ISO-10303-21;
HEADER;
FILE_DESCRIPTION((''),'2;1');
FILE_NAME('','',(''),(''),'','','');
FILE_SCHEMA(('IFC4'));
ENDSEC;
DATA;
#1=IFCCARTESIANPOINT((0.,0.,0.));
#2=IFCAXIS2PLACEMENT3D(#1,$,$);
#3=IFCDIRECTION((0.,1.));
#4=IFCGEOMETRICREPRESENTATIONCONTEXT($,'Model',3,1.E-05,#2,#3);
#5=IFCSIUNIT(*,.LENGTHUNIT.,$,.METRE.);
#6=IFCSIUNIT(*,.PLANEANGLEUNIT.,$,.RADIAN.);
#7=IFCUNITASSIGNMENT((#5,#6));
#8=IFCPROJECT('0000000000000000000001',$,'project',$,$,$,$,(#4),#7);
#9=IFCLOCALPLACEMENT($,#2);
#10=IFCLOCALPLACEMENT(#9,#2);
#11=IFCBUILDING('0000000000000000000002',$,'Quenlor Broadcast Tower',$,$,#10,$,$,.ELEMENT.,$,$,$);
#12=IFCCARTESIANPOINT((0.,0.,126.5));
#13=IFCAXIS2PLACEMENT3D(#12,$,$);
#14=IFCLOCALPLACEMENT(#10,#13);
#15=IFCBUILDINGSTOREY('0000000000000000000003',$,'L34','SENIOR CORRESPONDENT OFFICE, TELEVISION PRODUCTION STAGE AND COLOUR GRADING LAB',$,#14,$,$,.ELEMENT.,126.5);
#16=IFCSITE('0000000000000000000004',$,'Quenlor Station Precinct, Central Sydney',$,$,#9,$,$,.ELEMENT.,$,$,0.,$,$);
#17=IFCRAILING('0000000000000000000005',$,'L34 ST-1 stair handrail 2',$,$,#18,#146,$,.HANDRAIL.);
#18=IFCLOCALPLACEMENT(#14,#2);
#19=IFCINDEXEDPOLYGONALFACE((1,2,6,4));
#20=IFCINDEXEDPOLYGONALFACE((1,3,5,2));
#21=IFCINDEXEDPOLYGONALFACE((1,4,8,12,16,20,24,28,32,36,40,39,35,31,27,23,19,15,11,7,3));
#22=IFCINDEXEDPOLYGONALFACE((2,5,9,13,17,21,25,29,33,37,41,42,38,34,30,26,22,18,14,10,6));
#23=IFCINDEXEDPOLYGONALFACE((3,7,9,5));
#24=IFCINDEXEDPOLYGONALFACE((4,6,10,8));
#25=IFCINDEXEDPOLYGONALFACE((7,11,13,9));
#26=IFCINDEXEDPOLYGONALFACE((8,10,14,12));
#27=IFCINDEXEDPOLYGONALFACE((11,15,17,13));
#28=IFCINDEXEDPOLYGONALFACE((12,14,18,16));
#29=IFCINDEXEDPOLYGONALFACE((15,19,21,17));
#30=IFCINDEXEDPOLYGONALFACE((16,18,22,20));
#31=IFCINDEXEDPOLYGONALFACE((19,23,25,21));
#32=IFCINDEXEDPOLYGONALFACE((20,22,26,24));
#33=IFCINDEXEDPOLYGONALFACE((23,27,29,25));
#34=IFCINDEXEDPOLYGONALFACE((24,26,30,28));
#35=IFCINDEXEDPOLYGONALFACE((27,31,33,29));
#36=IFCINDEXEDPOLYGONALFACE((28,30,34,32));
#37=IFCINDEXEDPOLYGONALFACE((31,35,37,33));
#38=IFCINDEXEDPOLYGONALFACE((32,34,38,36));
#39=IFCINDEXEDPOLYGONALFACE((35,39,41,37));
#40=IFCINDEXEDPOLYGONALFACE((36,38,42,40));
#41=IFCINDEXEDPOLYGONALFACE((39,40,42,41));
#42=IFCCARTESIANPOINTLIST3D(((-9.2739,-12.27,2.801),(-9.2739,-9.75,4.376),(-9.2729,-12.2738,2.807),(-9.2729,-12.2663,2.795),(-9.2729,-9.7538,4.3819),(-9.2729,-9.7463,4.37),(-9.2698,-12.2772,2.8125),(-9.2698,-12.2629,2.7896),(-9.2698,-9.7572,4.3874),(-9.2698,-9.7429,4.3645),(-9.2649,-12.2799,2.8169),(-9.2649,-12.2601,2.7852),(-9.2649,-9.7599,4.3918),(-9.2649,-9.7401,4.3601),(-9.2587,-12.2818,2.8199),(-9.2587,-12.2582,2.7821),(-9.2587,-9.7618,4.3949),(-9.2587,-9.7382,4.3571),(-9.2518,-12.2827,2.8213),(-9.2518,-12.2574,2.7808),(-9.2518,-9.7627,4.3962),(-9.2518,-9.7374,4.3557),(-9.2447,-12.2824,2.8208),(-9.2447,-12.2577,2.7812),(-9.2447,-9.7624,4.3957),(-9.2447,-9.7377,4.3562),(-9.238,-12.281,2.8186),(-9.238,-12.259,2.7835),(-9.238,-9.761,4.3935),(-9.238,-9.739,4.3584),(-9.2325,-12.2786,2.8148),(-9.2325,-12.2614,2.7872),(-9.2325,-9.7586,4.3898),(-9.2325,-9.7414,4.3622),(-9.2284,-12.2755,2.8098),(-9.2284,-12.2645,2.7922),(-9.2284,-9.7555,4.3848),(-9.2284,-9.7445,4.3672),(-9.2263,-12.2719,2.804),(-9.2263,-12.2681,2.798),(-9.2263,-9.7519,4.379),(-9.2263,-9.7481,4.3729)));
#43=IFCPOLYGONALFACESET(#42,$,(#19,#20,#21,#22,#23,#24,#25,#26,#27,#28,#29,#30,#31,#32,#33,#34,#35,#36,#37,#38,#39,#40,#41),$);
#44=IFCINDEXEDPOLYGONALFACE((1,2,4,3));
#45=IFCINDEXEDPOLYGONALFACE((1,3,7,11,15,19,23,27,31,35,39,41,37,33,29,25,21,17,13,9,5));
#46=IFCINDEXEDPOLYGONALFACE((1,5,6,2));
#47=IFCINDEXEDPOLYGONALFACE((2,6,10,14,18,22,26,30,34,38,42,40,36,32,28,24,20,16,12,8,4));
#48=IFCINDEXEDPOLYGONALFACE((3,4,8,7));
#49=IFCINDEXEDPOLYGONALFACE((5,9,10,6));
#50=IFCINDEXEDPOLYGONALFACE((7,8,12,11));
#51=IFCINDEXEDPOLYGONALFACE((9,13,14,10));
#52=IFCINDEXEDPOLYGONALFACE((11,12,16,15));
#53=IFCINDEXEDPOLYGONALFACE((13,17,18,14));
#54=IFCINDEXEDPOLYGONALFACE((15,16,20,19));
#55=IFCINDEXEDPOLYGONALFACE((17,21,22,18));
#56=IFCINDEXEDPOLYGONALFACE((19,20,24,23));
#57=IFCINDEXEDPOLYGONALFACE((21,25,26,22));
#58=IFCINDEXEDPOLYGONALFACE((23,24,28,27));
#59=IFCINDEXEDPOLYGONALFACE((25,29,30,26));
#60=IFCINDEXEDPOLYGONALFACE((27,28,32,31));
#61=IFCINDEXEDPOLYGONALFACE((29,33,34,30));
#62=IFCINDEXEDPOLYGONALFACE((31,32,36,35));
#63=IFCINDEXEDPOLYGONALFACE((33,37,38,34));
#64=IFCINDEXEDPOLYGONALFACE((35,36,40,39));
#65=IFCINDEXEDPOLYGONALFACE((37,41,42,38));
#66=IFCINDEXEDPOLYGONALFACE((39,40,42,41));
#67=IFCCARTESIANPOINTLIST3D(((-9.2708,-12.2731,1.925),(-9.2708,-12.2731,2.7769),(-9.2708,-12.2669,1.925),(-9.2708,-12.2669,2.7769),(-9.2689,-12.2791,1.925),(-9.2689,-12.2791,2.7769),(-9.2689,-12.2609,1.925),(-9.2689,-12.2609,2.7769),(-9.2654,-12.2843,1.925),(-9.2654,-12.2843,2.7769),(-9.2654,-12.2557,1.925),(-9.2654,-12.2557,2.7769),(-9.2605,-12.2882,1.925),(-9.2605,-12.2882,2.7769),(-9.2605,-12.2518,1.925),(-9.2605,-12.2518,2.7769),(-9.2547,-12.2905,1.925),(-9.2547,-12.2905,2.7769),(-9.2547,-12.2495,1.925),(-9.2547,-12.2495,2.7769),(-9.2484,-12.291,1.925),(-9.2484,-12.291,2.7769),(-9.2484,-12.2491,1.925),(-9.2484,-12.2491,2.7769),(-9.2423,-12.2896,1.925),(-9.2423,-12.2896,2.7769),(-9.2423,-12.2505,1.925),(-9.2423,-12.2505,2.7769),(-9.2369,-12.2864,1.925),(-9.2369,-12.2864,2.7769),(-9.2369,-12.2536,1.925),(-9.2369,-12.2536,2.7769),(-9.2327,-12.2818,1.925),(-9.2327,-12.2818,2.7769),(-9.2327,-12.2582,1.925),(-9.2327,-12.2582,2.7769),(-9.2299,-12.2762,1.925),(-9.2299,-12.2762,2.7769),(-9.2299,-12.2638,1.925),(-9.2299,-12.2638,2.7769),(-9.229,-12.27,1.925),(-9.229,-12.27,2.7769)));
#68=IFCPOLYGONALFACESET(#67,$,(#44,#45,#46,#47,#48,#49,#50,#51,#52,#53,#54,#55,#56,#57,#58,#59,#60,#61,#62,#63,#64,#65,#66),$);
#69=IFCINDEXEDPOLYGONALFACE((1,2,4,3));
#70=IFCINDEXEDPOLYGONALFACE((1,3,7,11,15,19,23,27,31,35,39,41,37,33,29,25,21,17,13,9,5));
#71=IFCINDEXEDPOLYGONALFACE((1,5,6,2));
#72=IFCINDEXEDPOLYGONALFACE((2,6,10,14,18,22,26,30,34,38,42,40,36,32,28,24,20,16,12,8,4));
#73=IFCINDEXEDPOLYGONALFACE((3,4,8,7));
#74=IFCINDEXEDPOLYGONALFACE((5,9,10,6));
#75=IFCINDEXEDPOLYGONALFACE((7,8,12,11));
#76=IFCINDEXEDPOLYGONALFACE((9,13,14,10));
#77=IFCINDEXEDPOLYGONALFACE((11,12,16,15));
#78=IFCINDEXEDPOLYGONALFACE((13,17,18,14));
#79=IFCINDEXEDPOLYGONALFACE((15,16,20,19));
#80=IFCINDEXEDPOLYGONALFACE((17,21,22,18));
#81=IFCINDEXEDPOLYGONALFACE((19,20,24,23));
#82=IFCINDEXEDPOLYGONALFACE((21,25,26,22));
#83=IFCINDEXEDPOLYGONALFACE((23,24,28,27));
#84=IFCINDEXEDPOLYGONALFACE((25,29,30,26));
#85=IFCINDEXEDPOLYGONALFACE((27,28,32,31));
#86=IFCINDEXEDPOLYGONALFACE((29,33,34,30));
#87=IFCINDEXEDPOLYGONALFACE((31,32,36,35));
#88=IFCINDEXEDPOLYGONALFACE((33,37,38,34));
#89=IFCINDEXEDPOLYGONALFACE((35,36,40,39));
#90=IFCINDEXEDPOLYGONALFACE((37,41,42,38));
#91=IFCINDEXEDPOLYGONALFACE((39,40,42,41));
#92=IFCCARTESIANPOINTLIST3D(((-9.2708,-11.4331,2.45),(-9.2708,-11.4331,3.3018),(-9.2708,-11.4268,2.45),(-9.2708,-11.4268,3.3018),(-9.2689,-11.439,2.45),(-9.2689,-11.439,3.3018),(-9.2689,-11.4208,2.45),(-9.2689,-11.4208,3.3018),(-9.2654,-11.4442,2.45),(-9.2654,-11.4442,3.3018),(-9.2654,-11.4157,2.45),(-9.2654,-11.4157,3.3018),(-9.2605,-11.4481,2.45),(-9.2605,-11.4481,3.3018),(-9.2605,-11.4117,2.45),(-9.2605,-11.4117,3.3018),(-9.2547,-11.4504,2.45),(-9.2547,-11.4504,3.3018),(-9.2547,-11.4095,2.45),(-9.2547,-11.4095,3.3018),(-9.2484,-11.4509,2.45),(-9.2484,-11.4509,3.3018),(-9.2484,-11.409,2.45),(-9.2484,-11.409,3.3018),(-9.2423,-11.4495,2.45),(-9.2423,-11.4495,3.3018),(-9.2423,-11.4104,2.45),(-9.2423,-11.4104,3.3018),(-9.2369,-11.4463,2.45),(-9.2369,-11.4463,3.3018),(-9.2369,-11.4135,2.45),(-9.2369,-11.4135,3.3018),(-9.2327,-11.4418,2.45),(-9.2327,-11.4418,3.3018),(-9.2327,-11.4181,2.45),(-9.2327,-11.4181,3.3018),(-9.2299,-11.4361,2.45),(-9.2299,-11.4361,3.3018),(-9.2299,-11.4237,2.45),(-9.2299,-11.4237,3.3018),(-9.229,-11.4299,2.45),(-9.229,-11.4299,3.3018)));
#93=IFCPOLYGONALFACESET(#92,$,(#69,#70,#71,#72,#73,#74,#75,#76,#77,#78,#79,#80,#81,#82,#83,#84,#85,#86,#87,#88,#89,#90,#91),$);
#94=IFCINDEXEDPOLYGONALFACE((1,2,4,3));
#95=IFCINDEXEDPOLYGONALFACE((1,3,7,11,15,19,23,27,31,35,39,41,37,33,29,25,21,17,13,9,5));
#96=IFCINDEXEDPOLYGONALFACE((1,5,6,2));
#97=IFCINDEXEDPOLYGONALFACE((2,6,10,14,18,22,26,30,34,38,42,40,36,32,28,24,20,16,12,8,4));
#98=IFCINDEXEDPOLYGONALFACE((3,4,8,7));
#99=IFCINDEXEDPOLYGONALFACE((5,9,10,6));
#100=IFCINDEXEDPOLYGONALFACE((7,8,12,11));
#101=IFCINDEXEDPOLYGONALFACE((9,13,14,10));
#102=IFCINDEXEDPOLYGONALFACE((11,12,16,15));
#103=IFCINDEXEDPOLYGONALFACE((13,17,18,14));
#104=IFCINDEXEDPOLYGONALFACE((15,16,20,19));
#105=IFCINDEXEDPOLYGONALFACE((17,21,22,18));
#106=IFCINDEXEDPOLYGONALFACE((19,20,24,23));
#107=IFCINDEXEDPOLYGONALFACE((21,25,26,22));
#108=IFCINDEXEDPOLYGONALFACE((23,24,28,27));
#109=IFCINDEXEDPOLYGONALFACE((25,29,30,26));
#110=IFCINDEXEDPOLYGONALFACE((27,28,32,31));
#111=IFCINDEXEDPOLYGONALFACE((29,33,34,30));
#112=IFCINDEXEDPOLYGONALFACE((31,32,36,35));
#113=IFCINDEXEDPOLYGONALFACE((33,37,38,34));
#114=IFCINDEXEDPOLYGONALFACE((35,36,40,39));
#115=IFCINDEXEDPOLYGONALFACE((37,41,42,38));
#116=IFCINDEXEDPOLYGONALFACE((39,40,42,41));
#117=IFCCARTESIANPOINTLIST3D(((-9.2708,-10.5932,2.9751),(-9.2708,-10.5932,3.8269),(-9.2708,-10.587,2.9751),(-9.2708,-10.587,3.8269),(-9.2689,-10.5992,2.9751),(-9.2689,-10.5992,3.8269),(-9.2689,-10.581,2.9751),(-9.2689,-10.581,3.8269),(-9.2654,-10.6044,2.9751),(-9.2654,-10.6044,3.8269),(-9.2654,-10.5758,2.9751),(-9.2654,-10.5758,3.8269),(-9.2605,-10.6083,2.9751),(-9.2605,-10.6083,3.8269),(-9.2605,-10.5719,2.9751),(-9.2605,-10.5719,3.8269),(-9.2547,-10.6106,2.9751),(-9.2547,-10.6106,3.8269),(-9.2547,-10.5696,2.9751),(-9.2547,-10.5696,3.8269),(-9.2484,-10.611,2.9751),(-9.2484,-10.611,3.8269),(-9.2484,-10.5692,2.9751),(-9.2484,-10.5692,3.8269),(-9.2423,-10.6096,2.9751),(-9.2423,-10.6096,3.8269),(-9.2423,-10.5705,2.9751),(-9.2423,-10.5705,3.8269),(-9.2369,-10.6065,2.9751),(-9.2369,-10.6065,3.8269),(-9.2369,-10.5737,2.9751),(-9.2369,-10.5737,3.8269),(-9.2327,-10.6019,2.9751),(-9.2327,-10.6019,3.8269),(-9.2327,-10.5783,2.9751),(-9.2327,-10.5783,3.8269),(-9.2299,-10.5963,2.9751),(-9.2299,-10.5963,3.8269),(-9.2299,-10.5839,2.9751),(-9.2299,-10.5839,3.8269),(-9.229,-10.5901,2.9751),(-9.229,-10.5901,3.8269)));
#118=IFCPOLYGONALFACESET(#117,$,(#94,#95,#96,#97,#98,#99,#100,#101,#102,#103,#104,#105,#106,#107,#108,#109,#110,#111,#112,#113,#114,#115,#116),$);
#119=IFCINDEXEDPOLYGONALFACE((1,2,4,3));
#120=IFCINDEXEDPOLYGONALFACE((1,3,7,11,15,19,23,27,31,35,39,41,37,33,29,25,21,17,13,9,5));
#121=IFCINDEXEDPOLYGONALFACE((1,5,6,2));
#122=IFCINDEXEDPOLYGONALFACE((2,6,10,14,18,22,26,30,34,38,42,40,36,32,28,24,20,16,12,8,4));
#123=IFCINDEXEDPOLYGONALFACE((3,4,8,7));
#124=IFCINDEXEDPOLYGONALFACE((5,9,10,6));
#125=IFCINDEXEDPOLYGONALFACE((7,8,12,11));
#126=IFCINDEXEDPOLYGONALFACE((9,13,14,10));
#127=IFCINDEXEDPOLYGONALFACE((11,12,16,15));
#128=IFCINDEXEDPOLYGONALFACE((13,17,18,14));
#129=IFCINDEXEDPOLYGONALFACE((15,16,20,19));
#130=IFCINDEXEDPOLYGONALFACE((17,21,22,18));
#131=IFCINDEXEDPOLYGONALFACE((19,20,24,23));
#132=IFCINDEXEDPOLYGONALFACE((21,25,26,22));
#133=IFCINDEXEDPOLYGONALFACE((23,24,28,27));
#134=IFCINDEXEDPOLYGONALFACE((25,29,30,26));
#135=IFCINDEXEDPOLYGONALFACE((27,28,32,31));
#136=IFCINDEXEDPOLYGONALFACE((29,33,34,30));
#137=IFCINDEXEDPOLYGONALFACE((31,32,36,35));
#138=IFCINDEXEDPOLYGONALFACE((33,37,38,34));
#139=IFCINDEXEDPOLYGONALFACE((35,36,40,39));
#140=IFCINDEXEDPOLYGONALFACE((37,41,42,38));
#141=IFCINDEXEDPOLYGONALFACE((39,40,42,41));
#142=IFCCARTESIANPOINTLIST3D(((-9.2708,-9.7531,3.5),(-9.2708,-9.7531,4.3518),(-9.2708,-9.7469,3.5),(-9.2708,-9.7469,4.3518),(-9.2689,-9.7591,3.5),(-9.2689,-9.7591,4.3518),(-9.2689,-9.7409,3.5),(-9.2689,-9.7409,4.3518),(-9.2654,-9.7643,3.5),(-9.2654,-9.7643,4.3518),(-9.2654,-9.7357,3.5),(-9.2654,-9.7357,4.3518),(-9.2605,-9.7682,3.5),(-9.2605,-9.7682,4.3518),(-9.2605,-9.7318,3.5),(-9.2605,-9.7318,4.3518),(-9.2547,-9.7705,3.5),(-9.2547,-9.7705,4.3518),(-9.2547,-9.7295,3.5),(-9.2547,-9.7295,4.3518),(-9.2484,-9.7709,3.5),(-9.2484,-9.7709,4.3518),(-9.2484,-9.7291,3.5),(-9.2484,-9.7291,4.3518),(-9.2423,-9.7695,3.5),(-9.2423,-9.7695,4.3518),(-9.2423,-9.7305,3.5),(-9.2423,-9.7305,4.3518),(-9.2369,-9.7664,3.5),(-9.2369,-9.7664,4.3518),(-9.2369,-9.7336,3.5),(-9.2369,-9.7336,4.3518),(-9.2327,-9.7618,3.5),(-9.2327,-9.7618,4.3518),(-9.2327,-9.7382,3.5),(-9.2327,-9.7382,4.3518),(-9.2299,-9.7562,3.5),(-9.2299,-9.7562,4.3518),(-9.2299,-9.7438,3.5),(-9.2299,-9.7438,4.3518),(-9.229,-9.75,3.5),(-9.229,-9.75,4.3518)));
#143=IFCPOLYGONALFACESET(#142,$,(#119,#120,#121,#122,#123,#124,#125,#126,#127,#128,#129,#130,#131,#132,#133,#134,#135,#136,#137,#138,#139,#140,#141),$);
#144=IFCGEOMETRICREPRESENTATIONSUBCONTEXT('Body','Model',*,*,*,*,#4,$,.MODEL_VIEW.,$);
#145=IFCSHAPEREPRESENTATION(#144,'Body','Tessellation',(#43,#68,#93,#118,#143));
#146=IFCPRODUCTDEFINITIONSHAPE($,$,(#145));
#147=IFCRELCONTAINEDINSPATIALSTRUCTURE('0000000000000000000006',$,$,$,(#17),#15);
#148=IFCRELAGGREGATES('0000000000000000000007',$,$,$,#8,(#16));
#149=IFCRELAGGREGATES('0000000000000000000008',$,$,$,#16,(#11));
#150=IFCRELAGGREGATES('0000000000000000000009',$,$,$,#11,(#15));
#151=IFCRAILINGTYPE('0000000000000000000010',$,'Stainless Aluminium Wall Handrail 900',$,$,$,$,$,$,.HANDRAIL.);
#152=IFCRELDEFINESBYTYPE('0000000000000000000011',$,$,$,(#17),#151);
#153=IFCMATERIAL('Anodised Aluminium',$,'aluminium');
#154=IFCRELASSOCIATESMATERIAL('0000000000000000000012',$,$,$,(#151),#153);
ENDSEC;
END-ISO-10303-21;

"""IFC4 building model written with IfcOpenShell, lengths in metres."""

from ifc_helpers import new_model, si_unit, direction, frame, origin, origin_2d, place, context, subcontext, project, spatial, circle, extrude, material, type_object, element, save


model = new_model("IFC4")

# Units and contexts
model_context = context("Model", 3, precision=1e-05, world=origin(), true_north=direction((0.0, 1.0)))
body_context = subcontext(model_context, "Body", "Model", "MODEL_VIEW")
ifc_project = project(units=[si_unit("LENGTHUNIT", "METRE"), si_unit("PLANEANGLEUNIT", "RADIAN")], contexts=[model_context])

# Site, building, storey
site_placement = place(None, origin())
site = spatial("IfcSite", under=ifc_project, at=site_placement, Name="Quenlor Station Precinct, Central Sydney", CompositionType="ELEMENT", RefElevation=0.0)
building_placement = place(site_placement, origin())
building = spatial("IfcBuilding", under=site, at=building_placement, Name="Quenlor Broadcast Tower", CompositionType="ELEMENT")
storey_placement = place(building_placement, frame((0.0, 0.0, 126.5)))
storey = spatial("IfcBuildingStorey", under=building, at=storey_placement, Name="L34", Description="SENIOR CORRESPONDENT OFFICE, TELEVISION PRODUCTION STAGE AND COLOUR GRADING LAB", CompositionType="ELEMENT", Elevation=126.5)

# Railing
ifc_material_1 = material(Name="Anodised Aluminium", Category="aluminium")
railing_type_1 = type_object("IfcRailingType", Name="Stainless Aluminium Wall Handrail 900", PredefinedType="HANDRAIL", material=ifc_material_1)
railing_1_placement = place(storey_placement, frame((-9.25, -12.27, 1.925)))
element("IfcRailing", 1, at=railing_1_placement, inside=storey, type_object=railing_type_1, Name="L34 ST-1 stair handrail 2", PredefinedType="HANDRAIL", context=body_context, shape_type="SweptSolid", body=[
    extrude(circle(Radius=0.0239, at=origin_2d()), frame((0.0, 0.0, 0.876), z_axis=(0.0, 0.848008, 0.529984), x_axis=(-1.0, 0.0, 0.0)), (0.0, 0.0, 1.0), 2.9717),
    extrude(circle(Radius=0.021, at=origin_2d()), origin(), (0.0, 0.0, 1.0), 0.8518),
    extrude(circle(Radius=0.021, at=origin_2d()), frame((0.0, 0.8401, 0.5249)), (0.0, 0.0, 1.0), 0.8518),
    extrude(circle(Radius=0.021, at=origin_2d()), frame((0.0, 1.6799, 1.05)), (0.0, 0.0, 1.0), 0.8518),
    extrude(circle(Radius=0.021, at=origin_2d()), frame((0.0, 2.52, 1.575)), (0.0, 0.0, 1.0), 0.8518),
])

save(model, "model.ifc")
